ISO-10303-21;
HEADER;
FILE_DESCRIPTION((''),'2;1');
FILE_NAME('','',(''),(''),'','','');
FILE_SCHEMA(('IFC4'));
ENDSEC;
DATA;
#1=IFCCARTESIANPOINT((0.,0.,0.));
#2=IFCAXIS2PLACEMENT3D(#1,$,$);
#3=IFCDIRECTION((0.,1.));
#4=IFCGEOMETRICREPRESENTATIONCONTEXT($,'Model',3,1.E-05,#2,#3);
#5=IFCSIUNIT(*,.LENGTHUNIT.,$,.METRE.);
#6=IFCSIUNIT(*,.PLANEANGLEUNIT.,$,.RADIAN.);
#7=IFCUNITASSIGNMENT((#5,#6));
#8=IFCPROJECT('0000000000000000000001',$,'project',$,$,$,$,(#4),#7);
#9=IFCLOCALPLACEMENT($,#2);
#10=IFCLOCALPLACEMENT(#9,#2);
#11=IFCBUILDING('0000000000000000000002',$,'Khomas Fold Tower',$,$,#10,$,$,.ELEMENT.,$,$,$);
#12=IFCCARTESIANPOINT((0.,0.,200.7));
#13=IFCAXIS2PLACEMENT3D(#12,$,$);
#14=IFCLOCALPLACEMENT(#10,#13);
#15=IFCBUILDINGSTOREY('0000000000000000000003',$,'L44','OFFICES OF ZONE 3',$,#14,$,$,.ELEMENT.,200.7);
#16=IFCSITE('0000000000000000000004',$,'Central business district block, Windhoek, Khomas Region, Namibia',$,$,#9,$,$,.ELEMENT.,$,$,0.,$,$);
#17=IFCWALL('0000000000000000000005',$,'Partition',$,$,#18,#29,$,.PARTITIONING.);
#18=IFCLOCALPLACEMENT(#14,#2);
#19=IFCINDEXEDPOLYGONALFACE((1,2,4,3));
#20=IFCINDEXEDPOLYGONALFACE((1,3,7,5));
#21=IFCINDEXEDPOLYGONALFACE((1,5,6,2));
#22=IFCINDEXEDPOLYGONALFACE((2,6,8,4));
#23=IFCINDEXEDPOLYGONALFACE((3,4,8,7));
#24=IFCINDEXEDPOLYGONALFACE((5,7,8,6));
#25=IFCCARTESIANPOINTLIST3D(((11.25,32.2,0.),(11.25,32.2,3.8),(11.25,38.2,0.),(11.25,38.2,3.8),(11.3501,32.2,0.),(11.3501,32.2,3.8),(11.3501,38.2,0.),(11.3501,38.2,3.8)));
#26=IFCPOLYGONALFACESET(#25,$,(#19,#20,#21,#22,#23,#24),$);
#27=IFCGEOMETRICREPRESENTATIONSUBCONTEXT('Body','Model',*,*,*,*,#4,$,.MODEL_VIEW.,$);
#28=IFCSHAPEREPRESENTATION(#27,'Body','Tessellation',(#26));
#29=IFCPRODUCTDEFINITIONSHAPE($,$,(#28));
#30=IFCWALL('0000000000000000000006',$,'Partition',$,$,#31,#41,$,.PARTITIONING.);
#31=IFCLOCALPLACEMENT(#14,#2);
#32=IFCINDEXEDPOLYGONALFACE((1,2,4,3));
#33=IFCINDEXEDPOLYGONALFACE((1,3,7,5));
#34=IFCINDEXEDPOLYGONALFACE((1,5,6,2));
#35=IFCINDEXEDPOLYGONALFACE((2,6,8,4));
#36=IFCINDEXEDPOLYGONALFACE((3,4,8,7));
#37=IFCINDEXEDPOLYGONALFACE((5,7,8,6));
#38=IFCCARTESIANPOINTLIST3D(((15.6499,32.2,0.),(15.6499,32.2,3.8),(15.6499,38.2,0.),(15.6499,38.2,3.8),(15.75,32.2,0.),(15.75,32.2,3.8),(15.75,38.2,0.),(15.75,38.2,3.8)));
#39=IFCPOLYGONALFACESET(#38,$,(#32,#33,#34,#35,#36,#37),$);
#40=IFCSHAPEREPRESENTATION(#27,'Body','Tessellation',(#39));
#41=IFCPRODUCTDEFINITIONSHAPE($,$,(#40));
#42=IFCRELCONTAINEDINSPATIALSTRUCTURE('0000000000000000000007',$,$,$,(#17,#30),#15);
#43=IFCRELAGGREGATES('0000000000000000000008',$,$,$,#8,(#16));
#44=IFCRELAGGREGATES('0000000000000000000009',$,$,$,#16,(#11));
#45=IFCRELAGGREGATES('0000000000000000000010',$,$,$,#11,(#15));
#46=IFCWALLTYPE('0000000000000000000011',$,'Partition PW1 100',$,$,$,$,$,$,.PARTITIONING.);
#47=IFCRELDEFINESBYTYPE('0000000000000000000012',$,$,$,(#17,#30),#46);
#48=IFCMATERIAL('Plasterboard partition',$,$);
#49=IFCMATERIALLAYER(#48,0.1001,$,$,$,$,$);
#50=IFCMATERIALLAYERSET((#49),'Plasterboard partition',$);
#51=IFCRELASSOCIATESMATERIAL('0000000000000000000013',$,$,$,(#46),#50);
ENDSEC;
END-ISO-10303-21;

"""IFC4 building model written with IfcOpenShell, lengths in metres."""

from ifc_helpers import new_model, si_unit, direction, frame, frame_2d, origin, place, context, subcontext, project, spatial, rectangle, extrude, source, transform, mapped, material, layer, layer_set, type_object, element, save


model = new_model("IFC4")

# Units and contexts
model_context = context("Model", 3, precision=1e-05, world=origin(), true_north=direction((0.0, 1.0)))
body_context = subcontext(model_context, "Body", "Model", "MODEL_VIEW")
ifc_project = project(units=[si_unit("LENGTHUNIT", "METRE"), si_unit("PLANEANGLEUNIT", "RADIAN")], contexts=[model_context])

# Site, building, storey
site_placement = place(None, origin())
site = spatial("IfcSite", under=ifc_project, at=site_placement, Name="Central business district block, Windhoek, Khomas Region, Namibia", CompositionType="ELEMENT", RefElevation=0.0)
building_placement = place(site_placement, origin())
building = spatial("IfcBuilding", under=site, at=building_placement, Name="Khomas Fold Tower", CompositionType="ELEMENT")
storey_placement = place(building_placement, frame((0.0, 0.0, 200.7)))
storey = spatial("IfcBuildingStorey", under=building, at=storey_placement, Name="L44", Description="OFFICES OF ZONE 3", CompositionType="ELEMENT", Elevation=200.7)

# Walls
ifc_material_1 = material(Name="Plasterboard partition")
ifc_layer_1 = layer(ifc_material_1, 0.1001)
ifc_layer_set_1 = layer_set([ifc_layer_1], Name="Plasterboard partition")
wall_type_1 = type_object("IfcWallType", Name="Partition PW1 100", PredefinedType="PARTITIONING", material=ifc_layer_set_1)
shared_shape_1 = source(origin(), body_context, "Body", "SweptSolid", [
    extrude(rectangle(XDim=6.0, YDim=0.1001, at=frame_2d((3.0, 0.0))), origin(), (0.0, 0.0, 1.0), 3.8),
])
for number, where, z_axis, x_axis, name in (
    (1, (11.3, 32.2, 0.0), (0.0, 0.0, 1.0), (0.0, 1.0, 0.0), "Partition"),
    (2, (15.7, 32.2, 0.0), (0.0, 0.0, 1.0), (0.0, 1.0, 0.0), "Partition"),
):
    element("IfcWall", number, at=place(storey_placement, frame(where, z_axis=z_axis, x_axis=x_axis)), inside=storey, type_object=wall_type_1, Name=name, PredefinedType="PARTITIONING", context=body_context, shape_type="MappedRepresentation", body=[
        mapped(shared_shape_1, transform((0.0, 0.0, 0.0))),
    ])

save(model, "model.ifc")
